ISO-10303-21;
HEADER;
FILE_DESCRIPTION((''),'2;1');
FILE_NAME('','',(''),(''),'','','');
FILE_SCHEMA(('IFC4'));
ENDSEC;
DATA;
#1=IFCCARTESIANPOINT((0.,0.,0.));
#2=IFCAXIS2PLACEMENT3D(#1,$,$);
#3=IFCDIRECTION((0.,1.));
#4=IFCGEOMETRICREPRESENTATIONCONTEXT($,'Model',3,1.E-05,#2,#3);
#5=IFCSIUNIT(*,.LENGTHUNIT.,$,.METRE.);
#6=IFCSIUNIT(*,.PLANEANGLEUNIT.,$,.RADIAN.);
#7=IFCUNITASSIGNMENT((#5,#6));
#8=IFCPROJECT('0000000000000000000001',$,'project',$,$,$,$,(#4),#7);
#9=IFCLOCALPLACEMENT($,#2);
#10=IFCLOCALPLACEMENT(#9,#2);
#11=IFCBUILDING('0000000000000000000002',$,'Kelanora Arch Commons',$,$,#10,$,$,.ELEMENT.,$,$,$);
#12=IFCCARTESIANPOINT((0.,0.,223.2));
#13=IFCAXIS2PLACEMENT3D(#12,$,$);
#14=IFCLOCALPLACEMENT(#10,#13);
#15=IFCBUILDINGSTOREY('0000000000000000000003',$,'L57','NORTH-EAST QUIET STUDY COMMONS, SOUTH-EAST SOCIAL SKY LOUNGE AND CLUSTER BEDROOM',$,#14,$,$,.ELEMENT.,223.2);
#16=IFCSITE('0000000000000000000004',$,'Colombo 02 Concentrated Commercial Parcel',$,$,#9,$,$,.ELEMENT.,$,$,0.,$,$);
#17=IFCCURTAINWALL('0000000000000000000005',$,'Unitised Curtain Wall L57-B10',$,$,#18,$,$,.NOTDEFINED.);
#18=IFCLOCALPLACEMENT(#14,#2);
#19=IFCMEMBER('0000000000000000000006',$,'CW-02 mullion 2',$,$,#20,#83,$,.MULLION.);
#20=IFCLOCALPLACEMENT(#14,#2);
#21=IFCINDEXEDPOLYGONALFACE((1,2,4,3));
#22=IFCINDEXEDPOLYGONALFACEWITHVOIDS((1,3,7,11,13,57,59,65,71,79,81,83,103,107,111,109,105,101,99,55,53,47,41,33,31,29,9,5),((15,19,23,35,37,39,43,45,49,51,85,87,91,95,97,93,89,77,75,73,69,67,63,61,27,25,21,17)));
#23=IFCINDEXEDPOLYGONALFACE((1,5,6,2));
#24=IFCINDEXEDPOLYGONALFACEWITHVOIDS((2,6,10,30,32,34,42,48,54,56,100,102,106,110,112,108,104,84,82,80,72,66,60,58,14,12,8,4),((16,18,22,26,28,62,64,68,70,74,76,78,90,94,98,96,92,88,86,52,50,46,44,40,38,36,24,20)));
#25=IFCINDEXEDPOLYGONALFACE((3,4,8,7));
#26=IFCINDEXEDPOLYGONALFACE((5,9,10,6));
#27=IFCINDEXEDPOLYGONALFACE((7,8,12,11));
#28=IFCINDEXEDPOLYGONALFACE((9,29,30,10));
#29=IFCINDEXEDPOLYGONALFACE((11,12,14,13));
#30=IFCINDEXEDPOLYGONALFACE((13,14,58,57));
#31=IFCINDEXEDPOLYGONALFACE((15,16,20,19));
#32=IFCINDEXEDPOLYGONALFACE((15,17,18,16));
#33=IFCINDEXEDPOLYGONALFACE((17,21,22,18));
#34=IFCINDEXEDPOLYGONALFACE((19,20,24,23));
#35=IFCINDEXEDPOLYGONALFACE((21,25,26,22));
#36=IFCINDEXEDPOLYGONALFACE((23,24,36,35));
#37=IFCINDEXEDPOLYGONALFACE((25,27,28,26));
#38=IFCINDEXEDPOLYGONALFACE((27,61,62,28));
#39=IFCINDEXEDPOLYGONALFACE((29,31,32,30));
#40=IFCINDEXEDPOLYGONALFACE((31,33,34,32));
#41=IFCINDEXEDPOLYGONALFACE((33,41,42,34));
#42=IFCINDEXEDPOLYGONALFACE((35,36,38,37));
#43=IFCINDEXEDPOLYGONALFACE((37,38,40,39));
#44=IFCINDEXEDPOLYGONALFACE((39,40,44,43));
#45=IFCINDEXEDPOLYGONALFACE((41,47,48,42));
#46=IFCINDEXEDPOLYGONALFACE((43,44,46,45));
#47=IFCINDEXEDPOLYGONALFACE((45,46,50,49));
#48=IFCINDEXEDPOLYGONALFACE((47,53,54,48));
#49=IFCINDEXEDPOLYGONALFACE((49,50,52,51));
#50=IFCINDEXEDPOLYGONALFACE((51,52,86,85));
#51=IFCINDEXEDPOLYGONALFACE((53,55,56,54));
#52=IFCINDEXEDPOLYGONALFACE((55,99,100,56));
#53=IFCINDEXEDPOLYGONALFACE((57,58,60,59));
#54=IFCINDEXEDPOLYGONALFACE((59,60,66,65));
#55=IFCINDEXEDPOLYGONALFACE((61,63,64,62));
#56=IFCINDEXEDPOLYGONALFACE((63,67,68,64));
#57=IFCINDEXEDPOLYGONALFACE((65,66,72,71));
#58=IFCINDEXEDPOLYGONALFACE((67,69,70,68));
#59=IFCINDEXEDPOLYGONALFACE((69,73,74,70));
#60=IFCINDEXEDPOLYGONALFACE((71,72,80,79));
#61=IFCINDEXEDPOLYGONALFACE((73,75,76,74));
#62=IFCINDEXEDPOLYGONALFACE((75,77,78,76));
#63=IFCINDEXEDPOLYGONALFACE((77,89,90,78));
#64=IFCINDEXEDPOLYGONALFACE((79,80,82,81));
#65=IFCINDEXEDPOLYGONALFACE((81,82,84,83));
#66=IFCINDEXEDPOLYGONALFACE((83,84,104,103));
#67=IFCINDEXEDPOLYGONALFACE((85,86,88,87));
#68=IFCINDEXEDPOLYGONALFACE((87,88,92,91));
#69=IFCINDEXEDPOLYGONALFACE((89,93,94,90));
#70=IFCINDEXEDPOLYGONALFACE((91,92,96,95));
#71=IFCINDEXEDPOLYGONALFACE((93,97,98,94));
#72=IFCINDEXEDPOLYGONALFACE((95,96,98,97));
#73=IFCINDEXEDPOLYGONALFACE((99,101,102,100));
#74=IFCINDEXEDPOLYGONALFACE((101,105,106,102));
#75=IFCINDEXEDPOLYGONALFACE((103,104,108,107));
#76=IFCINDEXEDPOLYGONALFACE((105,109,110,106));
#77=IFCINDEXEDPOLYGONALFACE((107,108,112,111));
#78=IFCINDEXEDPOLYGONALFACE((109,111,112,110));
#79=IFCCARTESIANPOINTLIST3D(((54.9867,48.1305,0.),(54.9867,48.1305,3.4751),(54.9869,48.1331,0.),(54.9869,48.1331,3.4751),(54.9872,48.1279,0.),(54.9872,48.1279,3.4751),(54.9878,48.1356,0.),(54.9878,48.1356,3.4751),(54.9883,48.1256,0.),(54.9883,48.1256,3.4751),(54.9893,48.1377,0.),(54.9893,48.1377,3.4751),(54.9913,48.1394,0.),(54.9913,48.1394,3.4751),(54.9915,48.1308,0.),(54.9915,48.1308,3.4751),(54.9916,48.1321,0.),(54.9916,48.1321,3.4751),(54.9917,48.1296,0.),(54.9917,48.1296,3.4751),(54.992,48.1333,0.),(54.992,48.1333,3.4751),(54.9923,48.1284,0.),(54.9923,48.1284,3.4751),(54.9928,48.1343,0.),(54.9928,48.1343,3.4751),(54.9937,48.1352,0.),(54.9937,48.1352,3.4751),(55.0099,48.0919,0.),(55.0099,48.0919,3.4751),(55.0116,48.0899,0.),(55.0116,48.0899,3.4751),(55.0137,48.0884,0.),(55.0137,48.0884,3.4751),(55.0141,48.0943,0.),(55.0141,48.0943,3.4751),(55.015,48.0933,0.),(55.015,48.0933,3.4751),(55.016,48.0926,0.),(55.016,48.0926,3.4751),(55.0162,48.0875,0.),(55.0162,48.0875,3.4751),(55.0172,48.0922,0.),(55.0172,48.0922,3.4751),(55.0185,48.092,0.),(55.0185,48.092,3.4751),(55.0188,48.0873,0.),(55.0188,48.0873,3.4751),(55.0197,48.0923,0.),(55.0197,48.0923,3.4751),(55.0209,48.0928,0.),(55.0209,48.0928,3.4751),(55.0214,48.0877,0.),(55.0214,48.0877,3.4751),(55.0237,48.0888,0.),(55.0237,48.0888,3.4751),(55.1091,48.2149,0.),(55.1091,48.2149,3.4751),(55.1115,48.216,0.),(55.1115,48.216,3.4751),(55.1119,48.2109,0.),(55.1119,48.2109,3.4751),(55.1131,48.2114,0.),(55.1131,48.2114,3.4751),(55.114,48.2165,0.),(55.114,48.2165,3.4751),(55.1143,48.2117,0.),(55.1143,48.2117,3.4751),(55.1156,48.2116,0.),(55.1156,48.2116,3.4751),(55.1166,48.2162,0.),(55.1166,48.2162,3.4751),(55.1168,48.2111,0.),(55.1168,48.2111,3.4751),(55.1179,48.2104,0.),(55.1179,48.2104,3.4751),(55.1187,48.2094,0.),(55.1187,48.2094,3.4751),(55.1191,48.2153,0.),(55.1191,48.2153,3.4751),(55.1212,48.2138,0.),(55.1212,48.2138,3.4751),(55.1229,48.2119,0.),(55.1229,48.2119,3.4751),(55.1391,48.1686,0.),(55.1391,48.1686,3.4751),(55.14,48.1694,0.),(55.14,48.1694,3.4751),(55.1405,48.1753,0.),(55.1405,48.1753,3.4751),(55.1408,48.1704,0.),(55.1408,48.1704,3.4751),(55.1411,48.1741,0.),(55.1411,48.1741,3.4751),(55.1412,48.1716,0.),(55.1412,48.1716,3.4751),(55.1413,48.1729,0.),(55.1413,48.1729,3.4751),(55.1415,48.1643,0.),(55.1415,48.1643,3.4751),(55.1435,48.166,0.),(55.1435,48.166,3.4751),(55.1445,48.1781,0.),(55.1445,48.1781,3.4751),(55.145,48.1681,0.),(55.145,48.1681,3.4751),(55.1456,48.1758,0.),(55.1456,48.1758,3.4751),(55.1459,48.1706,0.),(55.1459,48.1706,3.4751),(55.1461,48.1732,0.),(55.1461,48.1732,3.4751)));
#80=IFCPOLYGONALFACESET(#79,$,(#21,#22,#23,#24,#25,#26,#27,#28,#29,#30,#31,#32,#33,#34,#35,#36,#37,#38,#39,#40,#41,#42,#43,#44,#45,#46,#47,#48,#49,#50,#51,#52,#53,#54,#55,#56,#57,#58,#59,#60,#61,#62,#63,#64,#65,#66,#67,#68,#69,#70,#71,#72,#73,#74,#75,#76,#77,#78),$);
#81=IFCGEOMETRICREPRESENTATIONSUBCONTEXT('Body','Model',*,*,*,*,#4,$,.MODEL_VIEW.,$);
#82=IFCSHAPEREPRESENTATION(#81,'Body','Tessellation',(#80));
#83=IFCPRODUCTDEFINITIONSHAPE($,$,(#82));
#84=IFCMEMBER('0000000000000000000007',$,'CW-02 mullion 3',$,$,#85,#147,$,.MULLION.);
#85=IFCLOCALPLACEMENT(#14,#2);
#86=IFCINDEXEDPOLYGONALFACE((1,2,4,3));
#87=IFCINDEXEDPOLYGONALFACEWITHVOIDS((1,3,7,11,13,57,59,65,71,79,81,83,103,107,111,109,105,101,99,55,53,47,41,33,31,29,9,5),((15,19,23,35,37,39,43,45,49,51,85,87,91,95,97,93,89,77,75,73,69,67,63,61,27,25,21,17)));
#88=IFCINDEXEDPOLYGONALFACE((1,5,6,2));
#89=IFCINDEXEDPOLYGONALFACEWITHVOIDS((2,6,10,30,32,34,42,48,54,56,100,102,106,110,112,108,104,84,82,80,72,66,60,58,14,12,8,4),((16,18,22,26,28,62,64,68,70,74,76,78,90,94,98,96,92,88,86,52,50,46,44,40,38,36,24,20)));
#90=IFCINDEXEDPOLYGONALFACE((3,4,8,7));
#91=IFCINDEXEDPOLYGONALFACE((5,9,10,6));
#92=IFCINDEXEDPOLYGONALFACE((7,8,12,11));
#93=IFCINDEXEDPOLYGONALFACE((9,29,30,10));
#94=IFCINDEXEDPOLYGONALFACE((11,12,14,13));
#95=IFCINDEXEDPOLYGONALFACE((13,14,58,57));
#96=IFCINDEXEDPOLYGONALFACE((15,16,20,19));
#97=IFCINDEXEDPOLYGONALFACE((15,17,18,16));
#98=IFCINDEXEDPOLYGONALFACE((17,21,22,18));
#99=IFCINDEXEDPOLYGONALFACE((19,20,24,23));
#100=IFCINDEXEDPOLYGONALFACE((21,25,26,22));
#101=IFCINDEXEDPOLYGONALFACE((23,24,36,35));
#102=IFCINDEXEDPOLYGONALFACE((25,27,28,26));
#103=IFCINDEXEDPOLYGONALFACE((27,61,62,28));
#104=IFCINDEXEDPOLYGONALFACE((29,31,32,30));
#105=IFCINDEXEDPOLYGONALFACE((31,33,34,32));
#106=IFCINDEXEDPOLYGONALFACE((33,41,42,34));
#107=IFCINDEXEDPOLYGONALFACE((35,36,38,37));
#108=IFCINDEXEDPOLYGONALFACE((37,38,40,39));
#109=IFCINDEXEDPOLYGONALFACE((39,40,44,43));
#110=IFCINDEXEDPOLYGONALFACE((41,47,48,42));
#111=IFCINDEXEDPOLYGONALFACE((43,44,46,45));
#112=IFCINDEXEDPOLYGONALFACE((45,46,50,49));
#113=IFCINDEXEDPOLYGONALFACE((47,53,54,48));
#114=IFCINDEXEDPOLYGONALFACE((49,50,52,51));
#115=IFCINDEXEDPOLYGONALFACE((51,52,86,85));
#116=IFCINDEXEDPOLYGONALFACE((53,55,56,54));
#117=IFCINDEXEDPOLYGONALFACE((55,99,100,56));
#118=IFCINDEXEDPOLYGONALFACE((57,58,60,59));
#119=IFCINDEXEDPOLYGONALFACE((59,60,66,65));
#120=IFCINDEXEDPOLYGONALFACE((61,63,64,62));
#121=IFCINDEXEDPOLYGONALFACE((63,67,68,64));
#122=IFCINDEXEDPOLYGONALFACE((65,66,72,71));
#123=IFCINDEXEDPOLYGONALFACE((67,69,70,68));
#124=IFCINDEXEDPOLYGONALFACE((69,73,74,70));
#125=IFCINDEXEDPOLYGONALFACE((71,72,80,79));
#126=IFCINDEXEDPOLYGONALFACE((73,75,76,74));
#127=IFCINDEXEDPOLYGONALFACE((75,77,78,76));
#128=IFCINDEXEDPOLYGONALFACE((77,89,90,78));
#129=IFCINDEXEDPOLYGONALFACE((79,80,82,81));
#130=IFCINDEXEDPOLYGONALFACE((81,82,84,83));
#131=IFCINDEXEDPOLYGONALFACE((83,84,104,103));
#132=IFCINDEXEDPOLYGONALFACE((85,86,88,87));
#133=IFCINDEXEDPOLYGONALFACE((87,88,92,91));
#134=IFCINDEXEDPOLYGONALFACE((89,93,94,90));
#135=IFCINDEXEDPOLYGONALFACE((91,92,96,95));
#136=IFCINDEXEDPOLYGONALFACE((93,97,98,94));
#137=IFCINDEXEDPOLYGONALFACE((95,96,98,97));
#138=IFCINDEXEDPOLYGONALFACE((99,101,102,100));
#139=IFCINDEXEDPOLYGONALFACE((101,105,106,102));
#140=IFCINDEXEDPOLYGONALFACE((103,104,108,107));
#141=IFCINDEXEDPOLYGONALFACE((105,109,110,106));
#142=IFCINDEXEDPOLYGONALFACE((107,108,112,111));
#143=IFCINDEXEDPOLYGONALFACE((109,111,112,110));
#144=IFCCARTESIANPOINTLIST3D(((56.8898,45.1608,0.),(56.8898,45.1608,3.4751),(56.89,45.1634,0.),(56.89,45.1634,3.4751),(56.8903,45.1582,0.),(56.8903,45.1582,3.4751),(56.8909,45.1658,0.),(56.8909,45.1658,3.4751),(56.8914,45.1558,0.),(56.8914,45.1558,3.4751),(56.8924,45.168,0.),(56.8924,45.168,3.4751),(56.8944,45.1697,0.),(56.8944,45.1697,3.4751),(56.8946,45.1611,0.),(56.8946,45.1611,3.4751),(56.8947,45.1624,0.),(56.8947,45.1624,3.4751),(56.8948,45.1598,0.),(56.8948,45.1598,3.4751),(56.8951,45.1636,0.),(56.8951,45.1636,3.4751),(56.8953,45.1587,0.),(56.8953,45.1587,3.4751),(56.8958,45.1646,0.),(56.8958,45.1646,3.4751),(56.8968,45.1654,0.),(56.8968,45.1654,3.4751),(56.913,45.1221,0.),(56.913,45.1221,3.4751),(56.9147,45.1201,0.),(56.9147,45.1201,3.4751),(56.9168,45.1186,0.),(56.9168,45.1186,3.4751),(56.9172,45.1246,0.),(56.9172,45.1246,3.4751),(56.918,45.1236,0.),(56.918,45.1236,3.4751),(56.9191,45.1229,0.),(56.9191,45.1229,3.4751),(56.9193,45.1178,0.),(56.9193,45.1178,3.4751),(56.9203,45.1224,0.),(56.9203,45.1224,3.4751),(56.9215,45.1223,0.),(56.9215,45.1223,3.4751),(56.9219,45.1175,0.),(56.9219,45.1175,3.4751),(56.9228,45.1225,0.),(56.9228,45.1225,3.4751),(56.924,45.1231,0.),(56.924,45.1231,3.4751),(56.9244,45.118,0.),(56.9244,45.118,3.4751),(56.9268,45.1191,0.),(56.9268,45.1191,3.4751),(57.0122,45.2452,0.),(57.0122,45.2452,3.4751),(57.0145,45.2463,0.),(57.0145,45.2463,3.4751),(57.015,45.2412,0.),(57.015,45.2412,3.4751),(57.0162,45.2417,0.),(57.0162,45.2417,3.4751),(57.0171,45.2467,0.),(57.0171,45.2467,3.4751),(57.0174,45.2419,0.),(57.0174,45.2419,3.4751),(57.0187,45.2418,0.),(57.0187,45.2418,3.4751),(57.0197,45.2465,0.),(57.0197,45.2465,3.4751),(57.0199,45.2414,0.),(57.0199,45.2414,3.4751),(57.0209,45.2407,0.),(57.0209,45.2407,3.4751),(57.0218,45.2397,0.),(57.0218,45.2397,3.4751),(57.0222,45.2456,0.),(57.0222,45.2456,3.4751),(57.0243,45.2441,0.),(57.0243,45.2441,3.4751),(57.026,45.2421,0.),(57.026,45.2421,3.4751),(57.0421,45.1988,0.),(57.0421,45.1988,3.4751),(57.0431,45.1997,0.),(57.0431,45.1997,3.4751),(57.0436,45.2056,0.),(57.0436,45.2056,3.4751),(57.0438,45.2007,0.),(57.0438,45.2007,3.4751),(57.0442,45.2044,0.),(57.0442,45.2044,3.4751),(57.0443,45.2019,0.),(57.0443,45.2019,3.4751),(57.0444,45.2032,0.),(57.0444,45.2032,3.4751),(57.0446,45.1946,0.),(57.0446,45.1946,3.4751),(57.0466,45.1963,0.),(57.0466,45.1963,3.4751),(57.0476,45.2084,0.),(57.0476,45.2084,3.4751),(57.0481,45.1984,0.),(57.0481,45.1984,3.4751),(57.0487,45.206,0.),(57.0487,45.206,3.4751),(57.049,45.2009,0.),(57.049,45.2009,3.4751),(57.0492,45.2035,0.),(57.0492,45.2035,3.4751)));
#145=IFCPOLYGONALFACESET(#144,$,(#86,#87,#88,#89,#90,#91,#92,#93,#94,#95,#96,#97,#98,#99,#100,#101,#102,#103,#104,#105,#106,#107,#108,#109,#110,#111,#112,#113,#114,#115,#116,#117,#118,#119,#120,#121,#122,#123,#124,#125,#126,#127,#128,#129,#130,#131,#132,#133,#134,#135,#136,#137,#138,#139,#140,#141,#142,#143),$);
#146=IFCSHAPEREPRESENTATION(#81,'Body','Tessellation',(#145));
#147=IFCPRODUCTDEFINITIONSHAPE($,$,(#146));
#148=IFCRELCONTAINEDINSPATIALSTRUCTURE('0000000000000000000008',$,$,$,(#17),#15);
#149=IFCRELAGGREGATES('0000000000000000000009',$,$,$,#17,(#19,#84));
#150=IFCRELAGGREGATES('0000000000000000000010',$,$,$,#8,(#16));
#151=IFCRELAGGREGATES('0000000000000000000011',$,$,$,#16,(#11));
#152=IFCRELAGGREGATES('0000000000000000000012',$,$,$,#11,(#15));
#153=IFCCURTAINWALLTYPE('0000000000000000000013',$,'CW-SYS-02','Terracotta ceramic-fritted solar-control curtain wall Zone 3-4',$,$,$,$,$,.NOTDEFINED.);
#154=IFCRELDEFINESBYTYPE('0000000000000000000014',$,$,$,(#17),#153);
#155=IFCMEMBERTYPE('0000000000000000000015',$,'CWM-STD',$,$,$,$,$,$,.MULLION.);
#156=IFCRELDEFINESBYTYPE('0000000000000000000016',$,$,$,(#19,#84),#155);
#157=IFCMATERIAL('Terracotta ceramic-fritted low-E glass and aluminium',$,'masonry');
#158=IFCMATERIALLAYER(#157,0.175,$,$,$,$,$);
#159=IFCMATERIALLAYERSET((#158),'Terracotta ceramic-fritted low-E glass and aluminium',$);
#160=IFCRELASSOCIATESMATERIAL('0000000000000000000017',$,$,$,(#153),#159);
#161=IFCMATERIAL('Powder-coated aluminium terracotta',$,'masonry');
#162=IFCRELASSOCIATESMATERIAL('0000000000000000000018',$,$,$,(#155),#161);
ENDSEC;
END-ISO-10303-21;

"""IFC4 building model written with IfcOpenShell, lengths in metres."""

from ifc_helpers import new_model, si_unit, direction, frame, origin, origin_2d, place, context, subcontext, project, spatial, hollow_rectangle, extrude, material, layer, layer_set, material_profile, profile_set, type_object, element, aggregate, save


model = new_model("IFC4")

# Units and contexts
model_context = context("Model", 3, precision=1e-05, world=origin(), true_north=direction((0.0, 1.0)))
body_context = subcontext(model_context, "Body", "Model", "MODEL_VIEW")
ifc_project = project(units=[si_unit("LENGTHUNIT", "METRE"), si_unit("PLANEANGLEUNIT", "RADIAN")], contexts=[model_context])

# Site, building, storey
site_placement = place(None, origin())
site = spatial("IfcSite", under=ifc_project, at=site_placement, Name="Colombo 02 Concentrated Commercial Parcel", CompositionType="ELEMENT", RefElevation=0.0)
building_placement = place(site_placement, origin())
building = spatial("IfcBuilding", under=site, at=building_placement, Name="Kelanora Arch Commons", CompositionType="ELEMENT")
storey_placement = place(building_placement, frame((0.0, 0.0, 223.2)))
storey = spatial("IfcBuildingStorey", under=building, at=storey_placement, Name="L57", Description="NORTH-EAST QUIET STUDY COMMONS, SOUTH-EAST SOCIAL SKY LOUNGE AND CLUSTER BEDROOM", CompositionType="ELEMENT", Elevation=223.2)

# Curtain wall, members
ifc_material_1 = material(Name="Terracotta ceramic-fritted low-E glass and aluminium", Category="masonry")
ifc_layer_1 = layer(ifc_material_1, 0.175)
ifc_layer_set_1 = layer_set([ifc_layer_1], Name="Terracotta ceramic-fritted low-E glass and aluminium")
curtain_wall_type = type_object("IfcCurtainWallType", Name="CW-SYS-02", Description="Terracotta ceramic-fritted solar-control curtain wall Zone 3-4", PredefinedType="NOTDEFINED", material=ifc_layer_set_1)
curtain_wall_placement = place(storey_placement, origin())
curtain_wall = element("IfcCurtainWall", 1, at=curtain_wall_placement, inside=storey, type_object=curtain_wall_type, Name="Unitised Curtain Wall L57-B10", PredefinedType="NOTDEFINED")
ifc_material_2 = material(Name="Powder-coated aluminium terracotta", Category="masonry")
ifc_material_profile_1 = material_profile(ifc_material_2, hollow_rectangle(XDim=0.1599, YDim=0.0601, WallThickness=0.0049, InnerFilletRadius=0.0049, OuterFilletRadius=0.01, at=origin_2d()), Name="CWM160x60")
ifc_profile_set_1 = profile_set([ifc_material_profile_1], Name="Powder-coated aluminium terracotta")
member_type_1 = type_object("IfcMemberType", Name="CWM-STD", PredefinedType="MULLION", material=ifc_profile_set_1)
member_1_placement = place(storey_placement, frame((55.0664, 48.1519, 0.0), z_axis=(0.0, 0.0, 1.0), x_axis=(0.841948, 0.539559, 0.0)))
member_1 = element("IfcMember", 2, at=member_1_placement, type_object=member_type_1, Name="CW-02 mullion 2", PredefinedType="MULLION", context=body_context, shape_type="SweptSolid", body=[
    extrude(hollow_rectangle(XDim=0.1599, YDim=0.0601, WallThickness=0.0049, InnerFilletRadius=0.0049, OuterFilletRadius=0.01, at=origin_2d()), origin(), (0.0, 0.0, 1.0), 3.4751),
])
member_2_placement = place(storey_placement, frame((56.9695, 45.1821, 0.0), z_axis=(0.0, 0.0, 1.0), x_axis=(0.841948, 0.539559, 0.0)))
member_2 = element("IfcMember", 3, at=member_2_placement, type_object=member_type_1, Name="CW-02 mullion 3", PredefinedType="MULLION", context=body_context, shape_type="SweptSolid", body=[
    extrude(hollow_rectangle(XDim=0.1599, YDim=0.0601, WallThickness=0.0049, InnerFilletRadius=0.0049, OuterFilletRadius=0.01, at=origin_2d()), origin(), (0.0, 0.0, 1.0), 3.4751),
])

aggregate(curtain_wall, [member_1, member_2])

save(model, "model.ifc")
